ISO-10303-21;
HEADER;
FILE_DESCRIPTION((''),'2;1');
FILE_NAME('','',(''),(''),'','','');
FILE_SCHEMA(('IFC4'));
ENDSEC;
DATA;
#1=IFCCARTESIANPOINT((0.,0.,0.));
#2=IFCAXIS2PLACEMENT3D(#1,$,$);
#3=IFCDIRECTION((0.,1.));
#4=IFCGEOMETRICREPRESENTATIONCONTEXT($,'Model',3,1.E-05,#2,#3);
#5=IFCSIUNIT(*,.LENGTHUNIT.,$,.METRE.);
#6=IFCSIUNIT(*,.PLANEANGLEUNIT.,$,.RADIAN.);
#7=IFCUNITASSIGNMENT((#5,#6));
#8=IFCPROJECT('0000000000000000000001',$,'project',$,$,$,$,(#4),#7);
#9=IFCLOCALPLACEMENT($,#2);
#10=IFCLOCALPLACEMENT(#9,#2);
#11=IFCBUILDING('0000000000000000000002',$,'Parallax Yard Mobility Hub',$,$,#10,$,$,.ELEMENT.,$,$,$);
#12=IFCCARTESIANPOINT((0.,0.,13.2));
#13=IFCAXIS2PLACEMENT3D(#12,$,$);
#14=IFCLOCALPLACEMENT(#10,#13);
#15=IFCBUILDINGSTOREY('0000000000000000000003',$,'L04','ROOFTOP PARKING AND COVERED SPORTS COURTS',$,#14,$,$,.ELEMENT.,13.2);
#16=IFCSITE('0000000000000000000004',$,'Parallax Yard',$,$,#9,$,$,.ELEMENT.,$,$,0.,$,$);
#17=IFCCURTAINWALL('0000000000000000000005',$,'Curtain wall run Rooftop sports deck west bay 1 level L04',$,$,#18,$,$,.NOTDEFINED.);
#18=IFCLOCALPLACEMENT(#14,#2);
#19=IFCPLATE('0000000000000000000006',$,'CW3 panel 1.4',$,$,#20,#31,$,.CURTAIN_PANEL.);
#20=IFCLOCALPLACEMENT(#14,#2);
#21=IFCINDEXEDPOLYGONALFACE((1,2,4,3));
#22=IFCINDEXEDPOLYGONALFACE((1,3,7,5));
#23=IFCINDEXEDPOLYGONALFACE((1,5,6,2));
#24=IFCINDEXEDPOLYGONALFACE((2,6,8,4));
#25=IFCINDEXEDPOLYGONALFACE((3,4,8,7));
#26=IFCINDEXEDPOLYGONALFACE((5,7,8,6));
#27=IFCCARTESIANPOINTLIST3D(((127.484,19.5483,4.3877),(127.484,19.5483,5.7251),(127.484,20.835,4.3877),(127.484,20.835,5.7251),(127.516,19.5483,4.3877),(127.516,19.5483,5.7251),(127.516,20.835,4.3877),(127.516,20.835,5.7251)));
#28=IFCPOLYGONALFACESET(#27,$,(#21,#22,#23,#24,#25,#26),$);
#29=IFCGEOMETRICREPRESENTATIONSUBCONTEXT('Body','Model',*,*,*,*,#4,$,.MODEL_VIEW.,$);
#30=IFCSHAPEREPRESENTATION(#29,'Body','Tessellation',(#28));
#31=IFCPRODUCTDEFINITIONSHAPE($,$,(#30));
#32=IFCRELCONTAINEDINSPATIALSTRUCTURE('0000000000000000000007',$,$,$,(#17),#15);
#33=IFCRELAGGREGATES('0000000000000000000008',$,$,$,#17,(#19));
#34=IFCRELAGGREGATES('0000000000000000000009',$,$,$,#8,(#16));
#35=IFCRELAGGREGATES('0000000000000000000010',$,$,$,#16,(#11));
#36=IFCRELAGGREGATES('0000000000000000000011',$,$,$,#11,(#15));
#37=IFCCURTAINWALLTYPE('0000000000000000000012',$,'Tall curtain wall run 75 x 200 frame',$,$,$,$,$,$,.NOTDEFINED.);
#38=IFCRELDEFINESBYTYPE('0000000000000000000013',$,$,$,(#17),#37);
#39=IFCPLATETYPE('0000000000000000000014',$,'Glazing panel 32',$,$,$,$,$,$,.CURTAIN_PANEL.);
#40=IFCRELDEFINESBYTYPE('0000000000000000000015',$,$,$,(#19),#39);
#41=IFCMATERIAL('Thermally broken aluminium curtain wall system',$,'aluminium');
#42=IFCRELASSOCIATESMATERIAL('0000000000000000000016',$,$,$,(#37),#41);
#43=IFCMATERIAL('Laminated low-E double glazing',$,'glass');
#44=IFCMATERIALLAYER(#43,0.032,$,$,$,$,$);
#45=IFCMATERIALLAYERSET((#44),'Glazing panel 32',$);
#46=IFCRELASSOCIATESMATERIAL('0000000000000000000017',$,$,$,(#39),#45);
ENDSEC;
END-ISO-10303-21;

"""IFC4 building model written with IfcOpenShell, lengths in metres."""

from ifc_helpers import new_model, si_unit, direction, frame, origin, origin_2d, place, context, subcontext, project, spatial, rectangle, extrude, material, layer, layer_set, type_object, element, aggregate, save


model = new_model("IFC4")

# Units and contexts
model_context = context("Model", 3, precision=1e-05, world=origin(), true_north=direction((0.0, 1.0)))
body_context = subcontext(model_context, "Body", "Model", "MODEL_VIEW")
ifc_project = project(units=[si_unit("LENGTHUNIT", "METRE"), si_unit("PLANEANGLEUNIT", "RADIAN")], contexts=[model_context])

# Site, building, storey
site_placement = place(None, origin())
site = spatial("IfcSite", under=ifc_project, at=site_placement, Name="Parallax Yard", CompositionType="ELEMENT", RefElevation=0.0)
building_placement = place(site_placement, origin())
building = spatial("IfcBuilding", under=site, at=building_placement, Name="Parallax Yard Mobility Hub", CompositionType="ELEMENT")
storey_placement = place(building_placement, frame((0.0, 0.0, 13.2)))
storey = spatial("IfcBuildingStorey", under=building, at=storey_placement, Name="L04", Description="ROOFTOP PARKING AND COVERED SPORTS COURTS", CompositionType="ELEMENT", Elevation=13.2)

# Shared definitions
ifc_material_1 = material(Name="Thermally broken aluminium curtain wall system", Category="aluminium")
curtain_wall_type = type_object("IfcCurtainWallType", Name="Tall curtain wall run 75 x 200 frame", PredefinedType="NOTDEFINED", material=ifc_material_1)

# Curtain wall
curtain_wall_1_placement = place(storey_placement, origin())
curtain_wall_1 = element("IfcCurtainWall", 1, at=curtain_wall_1_placement, inside=storey, type_object=curtain_wall_type, Name="Curtain wall run Rooftop sports deck west bay 1 level L04", PredefinedType="NOTDEFINED")

# Plate
ifc_material_2 = material(Name="Laminated low-E double glazing", Category="glass")
ifc_layer = layer(ifc_material_2, 0.032)
ifc_layer_set = layer_set([ifc_layer], Name="Glazing panel 32")
plate_type = type_object("IfcPlateType", Name="Glazing panel 32", PredefinedType="CURTAIN_PANEL", material=ifc_layer_set)
plate_1_placement = place(storey_placement, frame((127.5, 20.1917, 4.3877), z_axis=(0.0, 0.0, 1.0), x_axis=(0.0, 1.0, 0.0)))
plate_1 = element("IfcPlate", 2, at=plate_1_placement, type_object=plate_type, Name="CW3 panel 1.4", PredefinedType="CURTAIN_PANEL", context=body_context, shape_type="SweptSolid", body=[
    extrude(rectangle(XDim=1.2866, YDim=0.032, at=origin_2d()), origin(), (0.0, 0.0, 1.0), 1.3374),
])
aggregate(curtain_wall_1, [plate_1])

save(model, "model.ifc")
